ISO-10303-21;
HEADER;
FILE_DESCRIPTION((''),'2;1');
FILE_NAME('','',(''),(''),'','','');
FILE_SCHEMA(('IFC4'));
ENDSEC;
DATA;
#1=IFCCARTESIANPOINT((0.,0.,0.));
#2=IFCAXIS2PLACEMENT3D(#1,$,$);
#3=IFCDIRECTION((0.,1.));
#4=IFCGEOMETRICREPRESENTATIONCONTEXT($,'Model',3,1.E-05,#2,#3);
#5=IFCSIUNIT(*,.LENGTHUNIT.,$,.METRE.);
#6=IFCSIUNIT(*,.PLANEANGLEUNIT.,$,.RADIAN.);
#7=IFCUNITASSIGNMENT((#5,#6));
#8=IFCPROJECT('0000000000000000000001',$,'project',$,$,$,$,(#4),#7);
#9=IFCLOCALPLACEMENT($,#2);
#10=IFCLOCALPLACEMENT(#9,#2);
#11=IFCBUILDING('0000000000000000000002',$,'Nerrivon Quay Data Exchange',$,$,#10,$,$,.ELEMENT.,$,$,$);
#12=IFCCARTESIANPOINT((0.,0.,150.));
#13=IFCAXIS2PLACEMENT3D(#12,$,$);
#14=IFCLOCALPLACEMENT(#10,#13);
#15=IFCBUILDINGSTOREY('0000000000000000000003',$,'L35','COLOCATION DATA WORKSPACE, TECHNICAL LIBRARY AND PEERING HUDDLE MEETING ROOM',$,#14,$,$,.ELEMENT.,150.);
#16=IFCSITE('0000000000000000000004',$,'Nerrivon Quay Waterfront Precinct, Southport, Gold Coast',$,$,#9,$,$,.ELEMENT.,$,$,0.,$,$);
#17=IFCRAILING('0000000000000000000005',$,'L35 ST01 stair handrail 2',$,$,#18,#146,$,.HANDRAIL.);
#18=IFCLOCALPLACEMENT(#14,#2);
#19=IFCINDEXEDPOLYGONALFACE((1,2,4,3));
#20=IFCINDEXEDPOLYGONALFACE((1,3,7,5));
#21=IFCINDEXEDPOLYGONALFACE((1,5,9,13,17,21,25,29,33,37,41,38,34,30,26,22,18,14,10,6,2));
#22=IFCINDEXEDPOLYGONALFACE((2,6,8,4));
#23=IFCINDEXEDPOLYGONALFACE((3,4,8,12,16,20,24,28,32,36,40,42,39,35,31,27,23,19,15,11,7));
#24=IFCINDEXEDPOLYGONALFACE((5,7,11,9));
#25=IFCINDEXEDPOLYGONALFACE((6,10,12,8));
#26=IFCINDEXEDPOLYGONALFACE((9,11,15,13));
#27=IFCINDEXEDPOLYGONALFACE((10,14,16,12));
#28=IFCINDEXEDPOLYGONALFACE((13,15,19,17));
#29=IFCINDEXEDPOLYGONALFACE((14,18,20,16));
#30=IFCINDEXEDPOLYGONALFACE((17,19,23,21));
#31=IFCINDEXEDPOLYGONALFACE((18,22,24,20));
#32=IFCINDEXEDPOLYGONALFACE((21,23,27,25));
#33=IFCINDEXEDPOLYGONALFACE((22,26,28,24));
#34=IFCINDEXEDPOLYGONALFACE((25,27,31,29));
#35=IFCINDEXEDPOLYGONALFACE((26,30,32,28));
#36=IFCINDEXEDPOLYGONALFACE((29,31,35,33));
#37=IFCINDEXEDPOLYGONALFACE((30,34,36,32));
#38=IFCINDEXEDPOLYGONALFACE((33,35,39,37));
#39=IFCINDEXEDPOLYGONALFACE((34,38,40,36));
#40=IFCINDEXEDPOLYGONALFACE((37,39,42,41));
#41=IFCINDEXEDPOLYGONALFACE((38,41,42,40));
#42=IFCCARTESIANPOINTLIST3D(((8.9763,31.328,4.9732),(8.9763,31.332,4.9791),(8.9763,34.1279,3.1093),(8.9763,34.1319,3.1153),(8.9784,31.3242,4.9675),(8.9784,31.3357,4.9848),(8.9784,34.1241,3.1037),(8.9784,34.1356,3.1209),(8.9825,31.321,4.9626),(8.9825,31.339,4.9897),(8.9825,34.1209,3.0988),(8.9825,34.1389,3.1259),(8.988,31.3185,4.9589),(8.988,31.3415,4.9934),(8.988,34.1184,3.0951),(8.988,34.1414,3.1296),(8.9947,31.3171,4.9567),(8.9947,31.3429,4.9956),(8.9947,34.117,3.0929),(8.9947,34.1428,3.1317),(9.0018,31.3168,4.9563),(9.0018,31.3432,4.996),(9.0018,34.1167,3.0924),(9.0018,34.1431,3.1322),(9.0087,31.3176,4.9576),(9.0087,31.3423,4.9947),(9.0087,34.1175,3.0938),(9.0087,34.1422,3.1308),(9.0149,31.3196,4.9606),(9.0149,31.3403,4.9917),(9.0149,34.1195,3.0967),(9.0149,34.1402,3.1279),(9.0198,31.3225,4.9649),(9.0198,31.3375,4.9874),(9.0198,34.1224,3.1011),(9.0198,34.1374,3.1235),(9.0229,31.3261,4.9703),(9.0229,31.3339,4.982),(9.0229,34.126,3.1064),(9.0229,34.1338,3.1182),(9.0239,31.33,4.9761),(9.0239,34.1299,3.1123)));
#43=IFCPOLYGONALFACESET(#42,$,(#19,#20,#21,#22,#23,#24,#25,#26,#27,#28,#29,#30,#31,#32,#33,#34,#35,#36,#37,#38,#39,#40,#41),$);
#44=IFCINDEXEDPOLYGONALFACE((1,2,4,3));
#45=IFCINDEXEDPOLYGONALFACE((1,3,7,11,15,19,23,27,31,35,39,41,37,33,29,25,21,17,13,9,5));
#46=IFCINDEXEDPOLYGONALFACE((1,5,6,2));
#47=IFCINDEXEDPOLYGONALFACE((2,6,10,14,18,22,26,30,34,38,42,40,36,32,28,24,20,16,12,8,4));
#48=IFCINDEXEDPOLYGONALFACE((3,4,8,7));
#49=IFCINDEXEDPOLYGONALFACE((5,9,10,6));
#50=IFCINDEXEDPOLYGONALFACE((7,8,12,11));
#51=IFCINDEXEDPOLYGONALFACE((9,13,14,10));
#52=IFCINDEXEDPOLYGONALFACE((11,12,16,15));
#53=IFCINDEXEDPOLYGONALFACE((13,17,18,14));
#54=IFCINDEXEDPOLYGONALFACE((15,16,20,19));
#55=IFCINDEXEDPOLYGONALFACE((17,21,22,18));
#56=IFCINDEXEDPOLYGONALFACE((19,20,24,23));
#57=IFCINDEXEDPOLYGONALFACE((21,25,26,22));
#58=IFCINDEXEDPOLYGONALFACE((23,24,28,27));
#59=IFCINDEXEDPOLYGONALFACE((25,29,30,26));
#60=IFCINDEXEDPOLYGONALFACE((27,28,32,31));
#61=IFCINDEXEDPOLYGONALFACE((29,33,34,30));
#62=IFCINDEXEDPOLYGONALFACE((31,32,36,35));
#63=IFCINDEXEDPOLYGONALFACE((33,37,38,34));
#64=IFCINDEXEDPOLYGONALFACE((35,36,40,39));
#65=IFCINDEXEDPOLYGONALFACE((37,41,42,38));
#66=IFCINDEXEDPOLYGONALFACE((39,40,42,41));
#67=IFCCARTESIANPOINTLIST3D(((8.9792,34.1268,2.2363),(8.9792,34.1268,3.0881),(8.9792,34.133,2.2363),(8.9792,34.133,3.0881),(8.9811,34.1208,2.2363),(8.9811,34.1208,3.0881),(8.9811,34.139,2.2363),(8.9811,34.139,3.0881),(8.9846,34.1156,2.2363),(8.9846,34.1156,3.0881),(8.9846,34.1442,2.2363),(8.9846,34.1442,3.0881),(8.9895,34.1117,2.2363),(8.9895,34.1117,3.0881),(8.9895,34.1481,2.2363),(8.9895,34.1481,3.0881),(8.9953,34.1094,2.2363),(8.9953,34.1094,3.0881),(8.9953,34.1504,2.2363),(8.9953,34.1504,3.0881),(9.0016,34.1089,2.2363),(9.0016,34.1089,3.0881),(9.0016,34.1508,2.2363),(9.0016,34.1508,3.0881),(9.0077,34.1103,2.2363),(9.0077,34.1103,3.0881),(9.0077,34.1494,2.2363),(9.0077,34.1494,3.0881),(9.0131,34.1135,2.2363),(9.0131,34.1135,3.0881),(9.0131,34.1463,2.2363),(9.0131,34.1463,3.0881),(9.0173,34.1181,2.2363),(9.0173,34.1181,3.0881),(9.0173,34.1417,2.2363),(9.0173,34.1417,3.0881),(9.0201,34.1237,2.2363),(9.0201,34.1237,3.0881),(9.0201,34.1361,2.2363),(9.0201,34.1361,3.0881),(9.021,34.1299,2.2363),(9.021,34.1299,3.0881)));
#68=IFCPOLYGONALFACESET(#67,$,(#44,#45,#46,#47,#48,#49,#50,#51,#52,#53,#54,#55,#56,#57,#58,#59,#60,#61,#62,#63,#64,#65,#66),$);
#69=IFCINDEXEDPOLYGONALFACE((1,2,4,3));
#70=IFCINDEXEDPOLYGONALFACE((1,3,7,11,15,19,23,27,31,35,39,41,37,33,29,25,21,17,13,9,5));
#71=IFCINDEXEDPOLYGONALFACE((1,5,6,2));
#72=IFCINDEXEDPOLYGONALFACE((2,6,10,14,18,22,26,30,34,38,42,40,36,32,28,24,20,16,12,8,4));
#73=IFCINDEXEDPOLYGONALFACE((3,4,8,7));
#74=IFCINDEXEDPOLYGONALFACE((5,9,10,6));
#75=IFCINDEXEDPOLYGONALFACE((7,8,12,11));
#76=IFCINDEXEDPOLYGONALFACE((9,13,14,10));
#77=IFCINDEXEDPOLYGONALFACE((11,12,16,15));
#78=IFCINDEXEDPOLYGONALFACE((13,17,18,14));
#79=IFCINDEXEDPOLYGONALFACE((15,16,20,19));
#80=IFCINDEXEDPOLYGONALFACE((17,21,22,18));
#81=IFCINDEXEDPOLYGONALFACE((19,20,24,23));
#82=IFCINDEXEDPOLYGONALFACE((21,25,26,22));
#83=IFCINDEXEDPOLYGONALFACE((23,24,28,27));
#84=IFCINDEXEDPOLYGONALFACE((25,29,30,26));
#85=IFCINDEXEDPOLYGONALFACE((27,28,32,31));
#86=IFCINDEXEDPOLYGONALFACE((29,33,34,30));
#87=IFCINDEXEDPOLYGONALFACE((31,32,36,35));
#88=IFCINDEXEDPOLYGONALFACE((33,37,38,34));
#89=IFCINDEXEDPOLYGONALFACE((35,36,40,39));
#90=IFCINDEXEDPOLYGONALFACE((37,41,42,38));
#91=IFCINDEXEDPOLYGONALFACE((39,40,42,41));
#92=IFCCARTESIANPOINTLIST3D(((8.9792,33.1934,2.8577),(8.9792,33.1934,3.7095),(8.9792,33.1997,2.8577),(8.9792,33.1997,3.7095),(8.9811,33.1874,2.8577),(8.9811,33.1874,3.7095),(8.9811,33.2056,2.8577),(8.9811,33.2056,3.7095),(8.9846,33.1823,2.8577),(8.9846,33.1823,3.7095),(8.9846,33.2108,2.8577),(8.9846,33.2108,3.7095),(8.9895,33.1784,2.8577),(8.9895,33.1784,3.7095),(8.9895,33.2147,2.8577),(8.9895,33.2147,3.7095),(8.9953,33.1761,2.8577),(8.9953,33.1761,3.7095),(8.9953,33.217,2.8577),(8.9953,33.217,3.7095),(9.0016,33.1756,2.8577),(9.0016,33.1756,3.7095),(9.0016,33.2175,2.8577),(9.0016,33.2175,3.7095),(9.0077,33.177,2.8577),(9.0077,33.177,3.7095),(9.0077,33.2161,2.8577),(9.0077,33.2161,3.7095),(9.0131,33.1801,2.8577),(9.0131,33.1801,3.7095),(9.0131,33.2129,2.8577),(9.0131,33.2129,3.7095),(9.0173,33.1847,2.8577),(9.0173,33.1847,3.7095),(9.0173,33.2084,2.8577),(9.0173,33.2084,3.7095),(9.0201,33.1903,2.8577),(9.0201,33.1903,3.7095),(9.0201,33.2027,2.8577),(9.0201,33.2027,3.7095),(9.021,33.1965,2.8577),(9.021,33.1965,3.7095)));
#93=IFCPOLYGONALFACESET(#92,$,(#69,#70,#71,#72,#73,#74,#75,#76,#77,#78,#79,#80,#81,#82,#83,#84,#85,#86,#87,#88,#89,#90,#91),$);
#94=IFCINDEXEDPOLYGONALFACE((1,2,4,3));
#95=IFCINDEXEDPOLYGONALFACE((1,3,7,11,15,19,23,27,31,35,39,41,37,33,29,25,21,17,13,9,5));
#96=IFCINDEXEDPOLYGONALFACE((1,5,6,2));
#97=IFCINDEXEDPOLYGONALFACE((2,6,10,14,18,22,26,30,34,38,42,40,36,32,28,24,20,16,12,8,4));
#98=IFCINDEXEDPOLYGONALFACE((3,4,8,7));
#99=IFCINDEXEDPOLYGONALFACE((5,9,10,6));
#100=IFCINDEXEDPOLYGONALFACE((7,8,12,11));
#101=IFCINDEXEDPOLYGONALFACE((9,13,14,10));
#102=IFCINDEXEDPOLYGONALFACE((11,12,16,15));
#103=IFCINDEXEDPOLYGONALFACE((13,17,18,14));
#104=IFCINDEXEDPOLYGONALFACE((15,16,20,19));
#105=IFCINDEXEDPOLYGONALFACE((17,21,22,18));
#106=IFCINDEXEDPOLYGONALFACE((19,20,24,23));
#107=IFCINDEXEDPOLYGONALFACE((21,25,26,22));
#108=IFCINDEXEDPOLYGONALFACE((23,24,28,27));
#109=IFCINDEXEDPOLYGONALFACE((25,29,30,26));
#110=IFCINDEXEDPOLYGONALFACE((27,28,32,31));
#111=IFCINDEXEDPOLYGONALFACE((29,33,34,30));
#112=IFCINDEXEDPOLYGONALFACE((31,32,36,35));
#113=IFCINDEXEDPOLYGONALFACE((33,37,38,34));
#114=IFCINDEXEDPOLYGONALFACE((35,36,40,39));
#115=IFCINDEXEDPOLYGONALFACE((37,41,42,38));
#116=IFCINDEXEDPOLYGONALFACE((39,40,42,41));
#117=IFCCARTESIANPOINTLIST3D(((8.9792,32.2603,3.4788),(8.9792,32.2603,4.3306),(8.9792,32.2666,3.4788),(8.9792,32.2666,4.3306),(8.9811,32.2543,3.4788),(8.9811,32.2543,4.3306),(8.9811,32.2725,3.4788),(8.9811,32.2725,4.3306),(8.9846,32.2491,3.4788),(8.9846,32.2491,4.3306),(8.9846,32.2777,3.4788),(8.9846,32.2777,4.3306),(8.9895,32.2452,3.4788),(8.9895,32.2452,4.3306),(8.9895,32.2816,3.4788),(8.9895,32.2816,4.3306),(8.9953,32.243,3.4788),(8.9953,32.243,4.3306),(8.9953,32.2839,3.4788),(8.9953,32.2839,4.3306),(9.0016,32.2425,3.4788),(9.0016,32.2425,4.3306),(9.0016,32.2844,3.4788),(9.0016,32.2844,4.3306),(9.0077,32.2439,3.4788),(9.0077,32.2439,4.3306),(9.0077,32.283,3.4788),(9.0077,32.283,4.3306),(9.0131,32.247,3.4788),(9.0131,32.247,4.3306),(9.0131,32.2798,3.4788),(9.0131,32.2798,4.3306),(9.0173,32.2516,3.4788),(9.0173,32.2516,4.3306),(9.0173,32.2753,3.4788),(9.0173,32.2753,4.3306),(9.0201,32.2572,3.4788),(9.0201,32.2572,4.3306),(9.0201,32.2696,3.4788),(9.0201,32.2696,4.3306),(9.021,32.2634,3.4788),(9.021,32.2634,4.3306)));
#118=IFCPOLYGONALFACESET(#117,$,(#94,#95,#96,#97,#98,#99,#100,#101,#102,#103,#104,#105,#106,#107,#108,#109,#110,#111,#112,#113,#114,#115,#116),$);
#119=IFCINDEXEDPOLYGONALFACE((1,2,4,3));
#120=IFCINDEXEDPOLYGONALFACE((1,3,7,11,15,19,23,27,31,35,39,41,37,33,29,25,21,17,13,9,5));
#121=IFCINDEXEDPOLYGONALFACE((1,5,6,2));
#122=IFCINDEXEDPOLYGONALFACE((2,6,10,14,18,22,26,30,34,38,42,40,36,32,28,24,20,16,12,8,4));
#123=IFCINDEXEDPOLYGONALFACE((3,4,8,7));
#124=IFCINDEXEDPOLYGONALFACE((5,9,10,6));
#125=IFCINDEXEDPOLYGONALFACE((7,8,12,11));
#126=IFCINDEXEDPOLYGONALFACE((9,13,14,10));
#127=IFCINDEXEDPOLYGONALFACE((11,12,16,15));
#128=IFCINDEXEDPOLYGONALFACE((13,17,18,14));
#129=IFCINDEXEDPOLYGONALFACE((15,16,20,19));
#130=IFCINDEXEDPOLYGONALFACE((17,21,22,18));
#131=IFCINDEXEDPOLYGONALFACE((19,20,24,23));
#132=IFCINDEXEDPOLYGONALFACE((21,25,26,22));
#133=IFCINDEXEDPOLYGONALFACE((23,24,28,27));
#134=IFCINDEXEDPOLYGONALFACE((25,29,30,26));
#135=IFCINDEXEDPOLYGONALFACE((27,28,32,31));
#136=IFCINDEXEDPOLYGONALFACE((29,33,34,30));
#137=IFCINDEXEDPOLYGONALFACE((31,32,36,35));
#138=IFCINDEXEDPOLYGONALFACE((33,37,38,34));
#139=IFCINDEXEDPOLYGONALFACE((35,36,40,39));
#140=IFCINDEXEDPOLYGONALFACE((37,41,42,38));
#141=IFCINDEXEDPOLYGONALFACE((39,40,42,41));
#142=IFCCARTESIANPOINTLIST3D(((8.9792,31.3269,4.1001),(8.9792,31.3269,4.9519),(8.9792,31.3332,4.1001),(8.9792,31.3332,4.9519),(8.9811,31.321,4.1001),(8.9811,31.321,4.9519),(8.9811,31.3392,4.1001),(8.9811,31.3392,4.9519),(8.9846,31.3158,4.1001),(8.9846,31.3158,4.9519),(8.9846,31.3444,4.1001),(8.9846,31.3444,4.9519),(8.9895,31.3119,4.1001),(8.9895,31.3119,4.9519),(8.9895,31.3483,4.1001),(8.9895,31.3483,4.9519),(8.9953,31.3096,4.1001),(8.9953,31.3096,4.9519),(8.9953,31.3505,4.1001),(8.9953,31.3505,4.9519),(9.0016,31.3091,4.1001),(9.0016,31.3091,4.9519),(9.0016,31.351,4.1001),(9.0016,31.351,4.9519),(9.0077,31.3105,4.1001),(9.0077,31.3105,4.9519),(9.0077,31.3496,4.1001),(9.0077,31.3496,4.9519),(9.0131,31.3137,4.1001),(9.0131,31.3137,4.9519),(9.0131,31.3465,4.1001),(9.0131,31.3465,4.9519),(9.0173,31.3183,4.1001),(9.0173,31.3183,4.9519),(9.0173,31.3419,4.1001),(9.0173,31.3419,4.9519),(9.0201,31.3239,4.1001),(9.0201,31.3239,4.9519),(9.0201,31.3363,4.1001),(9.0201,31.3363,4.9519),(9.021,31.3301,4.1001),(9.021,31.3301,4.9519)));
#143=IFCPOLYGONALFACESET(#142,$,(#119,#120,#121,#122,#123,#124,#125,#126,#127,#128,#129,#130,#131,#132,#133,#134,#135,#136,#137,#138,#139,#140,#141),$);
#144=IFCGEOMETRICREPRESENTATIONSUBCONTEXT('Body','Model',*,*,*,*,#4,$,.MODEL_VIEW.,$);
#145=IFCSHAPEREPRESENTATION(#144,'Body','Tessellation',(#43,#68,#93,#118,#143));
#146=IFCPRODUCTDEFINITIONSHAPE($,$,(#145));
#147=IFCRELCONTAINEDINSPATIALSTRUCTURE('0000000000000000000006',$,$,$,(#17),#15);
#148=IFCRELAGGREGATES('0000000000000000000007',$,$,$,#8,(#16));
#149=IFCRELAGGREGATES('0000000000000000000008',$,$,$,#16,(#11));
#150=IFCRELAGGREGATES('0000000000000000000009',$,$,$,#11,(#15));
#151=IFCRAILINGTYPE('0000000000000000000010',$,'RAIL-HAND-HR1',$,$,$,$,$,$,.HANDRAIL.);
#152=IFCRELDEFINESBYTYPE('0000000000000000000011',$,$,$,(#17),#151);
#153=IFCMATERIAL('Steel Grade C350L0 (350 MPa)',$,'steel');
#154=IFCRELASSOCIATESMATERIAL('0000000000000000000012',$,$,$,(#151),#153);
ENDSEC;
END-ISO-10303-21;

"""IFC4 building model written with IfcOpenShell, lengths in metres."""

from ifc_helpers import new_model, si_unit, direction, frame, origin, origin_2d, place, context, subcontext, project, spatial, circle, extrude, material, type_object, element, save


model = new_model("IFC4")

# Units and contexts
model_context = context("Model", 3, precision=1e-05, world=origin(), true_north=direction((0.0, 1.0)))
body_context = subcontext(model_context, "Body", "Model", "MODEL_VIEW")
ifc_project = project(units=[si_unit("LENGTHUNIT", "METRE"), si_unit("PLANEANGLEUNIT", "RADIAN")], contexts=[model_context])

# Site, building, storey
site_placement = place(None, origin())
site = spatial("IfcSite", under=ifc_project, at=site_placement, Name="Nerrivon Quay Waterfront Precinct, Southport, Gold Coast", CompositionType="ELEMENT", RefElevation=0.0)
building_placement = place(site_placement, origin())
building = spatial("IfcBuilding", under=site, at=building_placement, Name="Nerrivon Quay Data Exchange", CompositionType="ELEMENT")
storey_placement = place(building_placement, frame((0.0, 0.0, 150.0)))
storey = spatial("IfcBuildingStorey", under=building, at=storey_placement, Name="L35", Description="COLOCATION DATA WORKSPACE, TECHNICAL LIBRARY AND PEERING HUDDLE MEETING ROOM", CompositionType="ELEMENT", Elevation=150.0)

# Railing
ifc_material_1 = material(Name="Steel Grade C350L0 (350 MPa)", Category="steel")
railing_type_1 = type_object("IfcRailingType", Name="RAIL-HAND-HR1", PredefinedType="HANDRAIL", material=ifc_material_1)
railing_1_placement = place(storey_placement, frame((9.0, 34.1299, 2.2363)))
element("IfcRailing", 1, at=railing_1_placement, inside=storey, type_object=railing_type_1, Name="L35 ST01 stair handrail 2", PredefinedType="HANDRAIL", context=body_context, shape_type="SweptSolid", body=[
    extrude(circle(Radius=0.0239, at=origin_2d()), frame((0.0, 0.0, 0.876), z_axis=(0.0, -0.83243, 0.554131), x_axis=(1.0, 0.0, 0.0)), (0.0, 0.0, 1.0), 3.3635),
    extrude(circle(Radius=0.021, at=origin_2d()), origin(), (0.0, 0.0, 1.0), 0.8518),
    extrude(circle(Radius=0.021, at=origin_2d()), frame((0.0, -0.9333, 0.6213)), (0.0, 0.0, 1.0), 0.8518),
    extrude(circle(Radius=0.021, at=origin_2d()), frame((0.0, -1.8665, 1.2424)), (0.0, 0.0, 1.0), 0.8518),
    extrude(circle(Radius=0.021, at=origin_2d()), frame((0.0, -2.7998, 1.8638)), (0.0, 0.0, 1.0), 0.8518),
])

save(model, "model.ifc")
